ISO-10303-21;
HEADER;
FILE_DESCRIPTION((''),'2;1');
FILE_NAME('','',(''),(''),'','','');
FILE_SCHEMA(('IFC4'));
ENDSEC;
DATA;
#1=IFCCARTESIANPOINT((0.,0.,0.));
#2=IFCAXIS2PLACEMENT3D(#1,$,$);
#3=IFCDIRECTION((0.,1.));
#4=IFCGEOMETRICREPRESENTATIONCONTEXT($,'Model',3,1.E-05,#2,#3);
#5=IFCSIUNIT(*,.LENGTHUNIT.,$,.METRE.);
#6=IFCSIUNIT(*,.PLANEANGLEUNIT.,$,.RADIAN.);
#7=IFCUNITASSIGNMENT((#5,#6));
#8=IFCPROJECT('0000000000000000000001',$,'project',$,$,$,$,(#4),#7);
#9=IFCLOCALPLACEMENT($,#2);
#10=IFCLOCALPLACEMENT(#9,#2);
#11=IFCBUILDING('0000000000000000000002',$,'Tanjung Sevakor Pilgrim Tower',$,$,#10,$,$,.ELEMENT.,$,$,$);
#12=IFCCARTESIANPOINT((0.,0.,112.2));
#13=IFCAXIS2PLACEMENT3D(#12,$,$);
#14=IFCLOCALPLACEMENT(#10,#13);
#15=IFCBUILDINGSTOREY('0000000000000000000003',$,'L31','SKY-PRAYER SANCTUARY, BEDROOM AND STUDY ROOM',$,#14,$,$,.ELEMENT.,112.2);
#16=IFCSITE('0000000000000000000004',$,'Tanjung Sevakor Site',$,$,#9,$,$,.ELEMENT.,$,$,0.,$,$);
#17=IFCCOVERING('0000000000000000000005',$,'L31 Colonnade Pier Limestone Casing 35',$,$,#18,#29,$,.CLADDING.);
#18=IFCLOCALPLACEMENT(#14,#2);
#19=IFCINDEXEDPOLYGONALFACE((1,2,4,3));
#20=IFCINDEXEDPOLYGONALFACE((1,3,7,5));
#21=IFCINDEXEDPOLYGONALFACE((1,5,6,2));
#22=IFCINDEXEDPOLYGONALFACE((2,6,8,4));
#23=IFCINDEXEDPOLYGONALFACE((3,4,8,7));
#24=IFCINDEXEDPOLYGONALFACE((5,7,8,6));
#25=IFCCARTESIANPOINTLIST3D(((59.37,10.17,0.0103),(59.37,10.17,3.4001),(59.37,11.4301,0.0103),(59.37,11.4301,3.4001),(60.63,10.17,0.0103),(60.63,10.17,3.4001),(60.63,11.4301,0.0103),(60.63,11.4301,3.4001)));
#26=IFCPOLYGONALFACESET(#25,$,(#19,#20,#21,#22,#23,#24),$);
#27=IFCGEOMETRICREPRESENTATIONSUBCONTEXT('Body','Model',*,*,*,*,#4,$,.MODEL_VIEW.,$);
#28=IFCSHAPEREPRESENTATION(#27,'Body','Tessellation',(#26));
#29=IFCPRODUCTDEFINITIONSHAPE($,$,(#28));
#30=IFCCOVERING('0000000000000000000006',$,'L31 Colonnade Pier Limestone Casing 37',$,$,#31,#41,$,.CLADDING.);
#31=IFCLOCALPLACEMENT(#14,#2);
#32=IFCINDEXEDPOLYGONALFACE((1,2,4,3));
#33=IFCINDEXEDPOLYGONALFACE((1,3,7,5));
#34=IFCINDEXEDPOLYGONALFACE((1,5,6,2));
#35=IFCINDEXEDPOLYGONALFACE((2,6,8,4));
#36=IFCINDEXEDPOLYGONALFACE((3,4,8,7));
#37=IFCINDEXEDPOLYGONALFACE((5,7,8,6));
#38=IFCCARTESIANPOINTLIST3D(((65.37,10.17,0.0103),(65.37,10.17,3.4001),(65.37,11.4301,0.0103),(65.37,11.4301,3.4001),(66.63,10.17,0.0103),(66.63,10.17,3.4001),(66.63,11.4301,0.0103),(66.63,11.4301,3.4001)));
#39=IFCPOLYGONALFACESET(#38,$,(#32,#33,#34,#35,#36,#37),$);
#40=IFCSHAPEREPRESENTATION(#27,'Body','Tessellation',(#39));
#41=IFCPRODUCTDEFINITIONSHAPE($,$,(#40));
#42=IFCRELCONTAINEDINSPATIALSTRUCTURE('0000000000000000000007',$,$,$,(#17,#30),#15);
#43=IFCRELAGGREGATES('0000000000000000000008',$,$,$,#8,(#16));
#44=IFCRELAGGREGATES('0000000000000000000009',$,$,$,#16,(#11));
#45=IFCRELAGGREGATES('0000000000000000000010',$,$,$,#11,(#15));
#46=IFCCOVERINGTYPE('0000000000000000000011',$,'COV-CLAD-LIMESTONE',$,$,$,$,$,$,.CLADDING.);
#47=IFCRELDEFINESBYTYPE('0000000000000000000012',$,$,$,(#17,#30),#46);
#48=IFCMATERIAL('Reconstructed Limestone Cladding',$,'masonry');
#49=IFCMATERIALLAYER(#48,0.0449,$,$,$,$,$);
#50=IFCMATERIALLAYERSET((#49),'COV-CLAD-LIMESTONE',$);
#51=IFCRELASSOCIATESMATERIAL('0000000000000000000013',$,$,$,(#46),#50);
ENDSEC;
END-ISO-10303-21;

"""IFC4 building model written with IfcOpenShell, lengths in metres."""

from ifc_helpers import new_model, si_unit, direction, frame, origin, origin_2d, place, context, subcontext, project, spatial, rectangle, extrude, material, layer, layer_set, type_object, element, save


model = new_model("IFC4")

# Units and contexts
model_context = context("Model", 3, precision=1e-05, world=origin(), true_north=direction((0.0, 1.0)))
body_context = subcontext(model_context, "Body", "Model", "MODEL_VIEW")
ifc_project = project(units=[si_unit("LENGTHUNIT", "METRE"), si_unit("PLANEANGLEUNIT", "RADIAN")], contexts=[model_context])

# Site, building, storey
site_placement = place(None, origin())
site = spatial("IfcSite", under=ifc_project, at=site_placement, Name="Tanjung Sevakor Site", CompositionType="ELEMENT", RefElevation=0.0)
building_placement = place(site_placement, origin())
building = spatial("IfcBuilding", under=site, at=building_placement, Name="Tanjung Sevakor Pilgrim Tower", CompositionType="ELEMENT")
storey_placement = place(building_placement, frame((0.0, 0.0, 112.2)))
storey = spatial("IfcBuildingStorey", under=building, at=storey_placement, Name="L31", Description="SKY-PRAYER SANCTUARY, BEDROOM AND STUDY ROOM", CompositionType="ELEMENT", Elevation=112.2)

# Coverings
ifc_material_1 = material(Name="Reconstructed Limestone Cladding", Category="masonry")
ifc_layer_1 = layer(ifc_material_1, 0.0449)
ifc_layer_set_1 = layer_set([ifc_layer_1], Name="COV-CLAD-LIMESTONE")
covering_type = type_object("IfcCoveringType", Name="COV-CLAD-LIMESTONE", PredefinedType="CLADDING", material=ifc_layer_set_1)
for number, where, z_axis, x_axis, name in (
    (1, (60.0, 10.8, 0.0103), (0.0, 0.0, 1.0), (1.0, 0.0, 0.0), "L31 Colonnade Pier Limestone Casing 35"),
    (2, (66.0, 10.8, 0.0103), (0.0, 0.0, 1.0), (1.0, 0.0, 0.0), "L31 Colonnade Pier Limestone Casing 37"),
):
    element("IfcCovering", number, at=place(storey_placement, frame(where, z_axis=z_axis, x_axis=x_axis)), inside=storey, type_object=covering_type, Name=name, PredefinedType="CLADDING", context=body_context, shape_type="SweptSolid", body=[
        extrude(rectangle(XDim=1.26, YDim=1.26, at=origin_2d()), origin(), (0.0, 0.0, 1.0), 3.3899),
    ])

save(model, "model.ifc")
